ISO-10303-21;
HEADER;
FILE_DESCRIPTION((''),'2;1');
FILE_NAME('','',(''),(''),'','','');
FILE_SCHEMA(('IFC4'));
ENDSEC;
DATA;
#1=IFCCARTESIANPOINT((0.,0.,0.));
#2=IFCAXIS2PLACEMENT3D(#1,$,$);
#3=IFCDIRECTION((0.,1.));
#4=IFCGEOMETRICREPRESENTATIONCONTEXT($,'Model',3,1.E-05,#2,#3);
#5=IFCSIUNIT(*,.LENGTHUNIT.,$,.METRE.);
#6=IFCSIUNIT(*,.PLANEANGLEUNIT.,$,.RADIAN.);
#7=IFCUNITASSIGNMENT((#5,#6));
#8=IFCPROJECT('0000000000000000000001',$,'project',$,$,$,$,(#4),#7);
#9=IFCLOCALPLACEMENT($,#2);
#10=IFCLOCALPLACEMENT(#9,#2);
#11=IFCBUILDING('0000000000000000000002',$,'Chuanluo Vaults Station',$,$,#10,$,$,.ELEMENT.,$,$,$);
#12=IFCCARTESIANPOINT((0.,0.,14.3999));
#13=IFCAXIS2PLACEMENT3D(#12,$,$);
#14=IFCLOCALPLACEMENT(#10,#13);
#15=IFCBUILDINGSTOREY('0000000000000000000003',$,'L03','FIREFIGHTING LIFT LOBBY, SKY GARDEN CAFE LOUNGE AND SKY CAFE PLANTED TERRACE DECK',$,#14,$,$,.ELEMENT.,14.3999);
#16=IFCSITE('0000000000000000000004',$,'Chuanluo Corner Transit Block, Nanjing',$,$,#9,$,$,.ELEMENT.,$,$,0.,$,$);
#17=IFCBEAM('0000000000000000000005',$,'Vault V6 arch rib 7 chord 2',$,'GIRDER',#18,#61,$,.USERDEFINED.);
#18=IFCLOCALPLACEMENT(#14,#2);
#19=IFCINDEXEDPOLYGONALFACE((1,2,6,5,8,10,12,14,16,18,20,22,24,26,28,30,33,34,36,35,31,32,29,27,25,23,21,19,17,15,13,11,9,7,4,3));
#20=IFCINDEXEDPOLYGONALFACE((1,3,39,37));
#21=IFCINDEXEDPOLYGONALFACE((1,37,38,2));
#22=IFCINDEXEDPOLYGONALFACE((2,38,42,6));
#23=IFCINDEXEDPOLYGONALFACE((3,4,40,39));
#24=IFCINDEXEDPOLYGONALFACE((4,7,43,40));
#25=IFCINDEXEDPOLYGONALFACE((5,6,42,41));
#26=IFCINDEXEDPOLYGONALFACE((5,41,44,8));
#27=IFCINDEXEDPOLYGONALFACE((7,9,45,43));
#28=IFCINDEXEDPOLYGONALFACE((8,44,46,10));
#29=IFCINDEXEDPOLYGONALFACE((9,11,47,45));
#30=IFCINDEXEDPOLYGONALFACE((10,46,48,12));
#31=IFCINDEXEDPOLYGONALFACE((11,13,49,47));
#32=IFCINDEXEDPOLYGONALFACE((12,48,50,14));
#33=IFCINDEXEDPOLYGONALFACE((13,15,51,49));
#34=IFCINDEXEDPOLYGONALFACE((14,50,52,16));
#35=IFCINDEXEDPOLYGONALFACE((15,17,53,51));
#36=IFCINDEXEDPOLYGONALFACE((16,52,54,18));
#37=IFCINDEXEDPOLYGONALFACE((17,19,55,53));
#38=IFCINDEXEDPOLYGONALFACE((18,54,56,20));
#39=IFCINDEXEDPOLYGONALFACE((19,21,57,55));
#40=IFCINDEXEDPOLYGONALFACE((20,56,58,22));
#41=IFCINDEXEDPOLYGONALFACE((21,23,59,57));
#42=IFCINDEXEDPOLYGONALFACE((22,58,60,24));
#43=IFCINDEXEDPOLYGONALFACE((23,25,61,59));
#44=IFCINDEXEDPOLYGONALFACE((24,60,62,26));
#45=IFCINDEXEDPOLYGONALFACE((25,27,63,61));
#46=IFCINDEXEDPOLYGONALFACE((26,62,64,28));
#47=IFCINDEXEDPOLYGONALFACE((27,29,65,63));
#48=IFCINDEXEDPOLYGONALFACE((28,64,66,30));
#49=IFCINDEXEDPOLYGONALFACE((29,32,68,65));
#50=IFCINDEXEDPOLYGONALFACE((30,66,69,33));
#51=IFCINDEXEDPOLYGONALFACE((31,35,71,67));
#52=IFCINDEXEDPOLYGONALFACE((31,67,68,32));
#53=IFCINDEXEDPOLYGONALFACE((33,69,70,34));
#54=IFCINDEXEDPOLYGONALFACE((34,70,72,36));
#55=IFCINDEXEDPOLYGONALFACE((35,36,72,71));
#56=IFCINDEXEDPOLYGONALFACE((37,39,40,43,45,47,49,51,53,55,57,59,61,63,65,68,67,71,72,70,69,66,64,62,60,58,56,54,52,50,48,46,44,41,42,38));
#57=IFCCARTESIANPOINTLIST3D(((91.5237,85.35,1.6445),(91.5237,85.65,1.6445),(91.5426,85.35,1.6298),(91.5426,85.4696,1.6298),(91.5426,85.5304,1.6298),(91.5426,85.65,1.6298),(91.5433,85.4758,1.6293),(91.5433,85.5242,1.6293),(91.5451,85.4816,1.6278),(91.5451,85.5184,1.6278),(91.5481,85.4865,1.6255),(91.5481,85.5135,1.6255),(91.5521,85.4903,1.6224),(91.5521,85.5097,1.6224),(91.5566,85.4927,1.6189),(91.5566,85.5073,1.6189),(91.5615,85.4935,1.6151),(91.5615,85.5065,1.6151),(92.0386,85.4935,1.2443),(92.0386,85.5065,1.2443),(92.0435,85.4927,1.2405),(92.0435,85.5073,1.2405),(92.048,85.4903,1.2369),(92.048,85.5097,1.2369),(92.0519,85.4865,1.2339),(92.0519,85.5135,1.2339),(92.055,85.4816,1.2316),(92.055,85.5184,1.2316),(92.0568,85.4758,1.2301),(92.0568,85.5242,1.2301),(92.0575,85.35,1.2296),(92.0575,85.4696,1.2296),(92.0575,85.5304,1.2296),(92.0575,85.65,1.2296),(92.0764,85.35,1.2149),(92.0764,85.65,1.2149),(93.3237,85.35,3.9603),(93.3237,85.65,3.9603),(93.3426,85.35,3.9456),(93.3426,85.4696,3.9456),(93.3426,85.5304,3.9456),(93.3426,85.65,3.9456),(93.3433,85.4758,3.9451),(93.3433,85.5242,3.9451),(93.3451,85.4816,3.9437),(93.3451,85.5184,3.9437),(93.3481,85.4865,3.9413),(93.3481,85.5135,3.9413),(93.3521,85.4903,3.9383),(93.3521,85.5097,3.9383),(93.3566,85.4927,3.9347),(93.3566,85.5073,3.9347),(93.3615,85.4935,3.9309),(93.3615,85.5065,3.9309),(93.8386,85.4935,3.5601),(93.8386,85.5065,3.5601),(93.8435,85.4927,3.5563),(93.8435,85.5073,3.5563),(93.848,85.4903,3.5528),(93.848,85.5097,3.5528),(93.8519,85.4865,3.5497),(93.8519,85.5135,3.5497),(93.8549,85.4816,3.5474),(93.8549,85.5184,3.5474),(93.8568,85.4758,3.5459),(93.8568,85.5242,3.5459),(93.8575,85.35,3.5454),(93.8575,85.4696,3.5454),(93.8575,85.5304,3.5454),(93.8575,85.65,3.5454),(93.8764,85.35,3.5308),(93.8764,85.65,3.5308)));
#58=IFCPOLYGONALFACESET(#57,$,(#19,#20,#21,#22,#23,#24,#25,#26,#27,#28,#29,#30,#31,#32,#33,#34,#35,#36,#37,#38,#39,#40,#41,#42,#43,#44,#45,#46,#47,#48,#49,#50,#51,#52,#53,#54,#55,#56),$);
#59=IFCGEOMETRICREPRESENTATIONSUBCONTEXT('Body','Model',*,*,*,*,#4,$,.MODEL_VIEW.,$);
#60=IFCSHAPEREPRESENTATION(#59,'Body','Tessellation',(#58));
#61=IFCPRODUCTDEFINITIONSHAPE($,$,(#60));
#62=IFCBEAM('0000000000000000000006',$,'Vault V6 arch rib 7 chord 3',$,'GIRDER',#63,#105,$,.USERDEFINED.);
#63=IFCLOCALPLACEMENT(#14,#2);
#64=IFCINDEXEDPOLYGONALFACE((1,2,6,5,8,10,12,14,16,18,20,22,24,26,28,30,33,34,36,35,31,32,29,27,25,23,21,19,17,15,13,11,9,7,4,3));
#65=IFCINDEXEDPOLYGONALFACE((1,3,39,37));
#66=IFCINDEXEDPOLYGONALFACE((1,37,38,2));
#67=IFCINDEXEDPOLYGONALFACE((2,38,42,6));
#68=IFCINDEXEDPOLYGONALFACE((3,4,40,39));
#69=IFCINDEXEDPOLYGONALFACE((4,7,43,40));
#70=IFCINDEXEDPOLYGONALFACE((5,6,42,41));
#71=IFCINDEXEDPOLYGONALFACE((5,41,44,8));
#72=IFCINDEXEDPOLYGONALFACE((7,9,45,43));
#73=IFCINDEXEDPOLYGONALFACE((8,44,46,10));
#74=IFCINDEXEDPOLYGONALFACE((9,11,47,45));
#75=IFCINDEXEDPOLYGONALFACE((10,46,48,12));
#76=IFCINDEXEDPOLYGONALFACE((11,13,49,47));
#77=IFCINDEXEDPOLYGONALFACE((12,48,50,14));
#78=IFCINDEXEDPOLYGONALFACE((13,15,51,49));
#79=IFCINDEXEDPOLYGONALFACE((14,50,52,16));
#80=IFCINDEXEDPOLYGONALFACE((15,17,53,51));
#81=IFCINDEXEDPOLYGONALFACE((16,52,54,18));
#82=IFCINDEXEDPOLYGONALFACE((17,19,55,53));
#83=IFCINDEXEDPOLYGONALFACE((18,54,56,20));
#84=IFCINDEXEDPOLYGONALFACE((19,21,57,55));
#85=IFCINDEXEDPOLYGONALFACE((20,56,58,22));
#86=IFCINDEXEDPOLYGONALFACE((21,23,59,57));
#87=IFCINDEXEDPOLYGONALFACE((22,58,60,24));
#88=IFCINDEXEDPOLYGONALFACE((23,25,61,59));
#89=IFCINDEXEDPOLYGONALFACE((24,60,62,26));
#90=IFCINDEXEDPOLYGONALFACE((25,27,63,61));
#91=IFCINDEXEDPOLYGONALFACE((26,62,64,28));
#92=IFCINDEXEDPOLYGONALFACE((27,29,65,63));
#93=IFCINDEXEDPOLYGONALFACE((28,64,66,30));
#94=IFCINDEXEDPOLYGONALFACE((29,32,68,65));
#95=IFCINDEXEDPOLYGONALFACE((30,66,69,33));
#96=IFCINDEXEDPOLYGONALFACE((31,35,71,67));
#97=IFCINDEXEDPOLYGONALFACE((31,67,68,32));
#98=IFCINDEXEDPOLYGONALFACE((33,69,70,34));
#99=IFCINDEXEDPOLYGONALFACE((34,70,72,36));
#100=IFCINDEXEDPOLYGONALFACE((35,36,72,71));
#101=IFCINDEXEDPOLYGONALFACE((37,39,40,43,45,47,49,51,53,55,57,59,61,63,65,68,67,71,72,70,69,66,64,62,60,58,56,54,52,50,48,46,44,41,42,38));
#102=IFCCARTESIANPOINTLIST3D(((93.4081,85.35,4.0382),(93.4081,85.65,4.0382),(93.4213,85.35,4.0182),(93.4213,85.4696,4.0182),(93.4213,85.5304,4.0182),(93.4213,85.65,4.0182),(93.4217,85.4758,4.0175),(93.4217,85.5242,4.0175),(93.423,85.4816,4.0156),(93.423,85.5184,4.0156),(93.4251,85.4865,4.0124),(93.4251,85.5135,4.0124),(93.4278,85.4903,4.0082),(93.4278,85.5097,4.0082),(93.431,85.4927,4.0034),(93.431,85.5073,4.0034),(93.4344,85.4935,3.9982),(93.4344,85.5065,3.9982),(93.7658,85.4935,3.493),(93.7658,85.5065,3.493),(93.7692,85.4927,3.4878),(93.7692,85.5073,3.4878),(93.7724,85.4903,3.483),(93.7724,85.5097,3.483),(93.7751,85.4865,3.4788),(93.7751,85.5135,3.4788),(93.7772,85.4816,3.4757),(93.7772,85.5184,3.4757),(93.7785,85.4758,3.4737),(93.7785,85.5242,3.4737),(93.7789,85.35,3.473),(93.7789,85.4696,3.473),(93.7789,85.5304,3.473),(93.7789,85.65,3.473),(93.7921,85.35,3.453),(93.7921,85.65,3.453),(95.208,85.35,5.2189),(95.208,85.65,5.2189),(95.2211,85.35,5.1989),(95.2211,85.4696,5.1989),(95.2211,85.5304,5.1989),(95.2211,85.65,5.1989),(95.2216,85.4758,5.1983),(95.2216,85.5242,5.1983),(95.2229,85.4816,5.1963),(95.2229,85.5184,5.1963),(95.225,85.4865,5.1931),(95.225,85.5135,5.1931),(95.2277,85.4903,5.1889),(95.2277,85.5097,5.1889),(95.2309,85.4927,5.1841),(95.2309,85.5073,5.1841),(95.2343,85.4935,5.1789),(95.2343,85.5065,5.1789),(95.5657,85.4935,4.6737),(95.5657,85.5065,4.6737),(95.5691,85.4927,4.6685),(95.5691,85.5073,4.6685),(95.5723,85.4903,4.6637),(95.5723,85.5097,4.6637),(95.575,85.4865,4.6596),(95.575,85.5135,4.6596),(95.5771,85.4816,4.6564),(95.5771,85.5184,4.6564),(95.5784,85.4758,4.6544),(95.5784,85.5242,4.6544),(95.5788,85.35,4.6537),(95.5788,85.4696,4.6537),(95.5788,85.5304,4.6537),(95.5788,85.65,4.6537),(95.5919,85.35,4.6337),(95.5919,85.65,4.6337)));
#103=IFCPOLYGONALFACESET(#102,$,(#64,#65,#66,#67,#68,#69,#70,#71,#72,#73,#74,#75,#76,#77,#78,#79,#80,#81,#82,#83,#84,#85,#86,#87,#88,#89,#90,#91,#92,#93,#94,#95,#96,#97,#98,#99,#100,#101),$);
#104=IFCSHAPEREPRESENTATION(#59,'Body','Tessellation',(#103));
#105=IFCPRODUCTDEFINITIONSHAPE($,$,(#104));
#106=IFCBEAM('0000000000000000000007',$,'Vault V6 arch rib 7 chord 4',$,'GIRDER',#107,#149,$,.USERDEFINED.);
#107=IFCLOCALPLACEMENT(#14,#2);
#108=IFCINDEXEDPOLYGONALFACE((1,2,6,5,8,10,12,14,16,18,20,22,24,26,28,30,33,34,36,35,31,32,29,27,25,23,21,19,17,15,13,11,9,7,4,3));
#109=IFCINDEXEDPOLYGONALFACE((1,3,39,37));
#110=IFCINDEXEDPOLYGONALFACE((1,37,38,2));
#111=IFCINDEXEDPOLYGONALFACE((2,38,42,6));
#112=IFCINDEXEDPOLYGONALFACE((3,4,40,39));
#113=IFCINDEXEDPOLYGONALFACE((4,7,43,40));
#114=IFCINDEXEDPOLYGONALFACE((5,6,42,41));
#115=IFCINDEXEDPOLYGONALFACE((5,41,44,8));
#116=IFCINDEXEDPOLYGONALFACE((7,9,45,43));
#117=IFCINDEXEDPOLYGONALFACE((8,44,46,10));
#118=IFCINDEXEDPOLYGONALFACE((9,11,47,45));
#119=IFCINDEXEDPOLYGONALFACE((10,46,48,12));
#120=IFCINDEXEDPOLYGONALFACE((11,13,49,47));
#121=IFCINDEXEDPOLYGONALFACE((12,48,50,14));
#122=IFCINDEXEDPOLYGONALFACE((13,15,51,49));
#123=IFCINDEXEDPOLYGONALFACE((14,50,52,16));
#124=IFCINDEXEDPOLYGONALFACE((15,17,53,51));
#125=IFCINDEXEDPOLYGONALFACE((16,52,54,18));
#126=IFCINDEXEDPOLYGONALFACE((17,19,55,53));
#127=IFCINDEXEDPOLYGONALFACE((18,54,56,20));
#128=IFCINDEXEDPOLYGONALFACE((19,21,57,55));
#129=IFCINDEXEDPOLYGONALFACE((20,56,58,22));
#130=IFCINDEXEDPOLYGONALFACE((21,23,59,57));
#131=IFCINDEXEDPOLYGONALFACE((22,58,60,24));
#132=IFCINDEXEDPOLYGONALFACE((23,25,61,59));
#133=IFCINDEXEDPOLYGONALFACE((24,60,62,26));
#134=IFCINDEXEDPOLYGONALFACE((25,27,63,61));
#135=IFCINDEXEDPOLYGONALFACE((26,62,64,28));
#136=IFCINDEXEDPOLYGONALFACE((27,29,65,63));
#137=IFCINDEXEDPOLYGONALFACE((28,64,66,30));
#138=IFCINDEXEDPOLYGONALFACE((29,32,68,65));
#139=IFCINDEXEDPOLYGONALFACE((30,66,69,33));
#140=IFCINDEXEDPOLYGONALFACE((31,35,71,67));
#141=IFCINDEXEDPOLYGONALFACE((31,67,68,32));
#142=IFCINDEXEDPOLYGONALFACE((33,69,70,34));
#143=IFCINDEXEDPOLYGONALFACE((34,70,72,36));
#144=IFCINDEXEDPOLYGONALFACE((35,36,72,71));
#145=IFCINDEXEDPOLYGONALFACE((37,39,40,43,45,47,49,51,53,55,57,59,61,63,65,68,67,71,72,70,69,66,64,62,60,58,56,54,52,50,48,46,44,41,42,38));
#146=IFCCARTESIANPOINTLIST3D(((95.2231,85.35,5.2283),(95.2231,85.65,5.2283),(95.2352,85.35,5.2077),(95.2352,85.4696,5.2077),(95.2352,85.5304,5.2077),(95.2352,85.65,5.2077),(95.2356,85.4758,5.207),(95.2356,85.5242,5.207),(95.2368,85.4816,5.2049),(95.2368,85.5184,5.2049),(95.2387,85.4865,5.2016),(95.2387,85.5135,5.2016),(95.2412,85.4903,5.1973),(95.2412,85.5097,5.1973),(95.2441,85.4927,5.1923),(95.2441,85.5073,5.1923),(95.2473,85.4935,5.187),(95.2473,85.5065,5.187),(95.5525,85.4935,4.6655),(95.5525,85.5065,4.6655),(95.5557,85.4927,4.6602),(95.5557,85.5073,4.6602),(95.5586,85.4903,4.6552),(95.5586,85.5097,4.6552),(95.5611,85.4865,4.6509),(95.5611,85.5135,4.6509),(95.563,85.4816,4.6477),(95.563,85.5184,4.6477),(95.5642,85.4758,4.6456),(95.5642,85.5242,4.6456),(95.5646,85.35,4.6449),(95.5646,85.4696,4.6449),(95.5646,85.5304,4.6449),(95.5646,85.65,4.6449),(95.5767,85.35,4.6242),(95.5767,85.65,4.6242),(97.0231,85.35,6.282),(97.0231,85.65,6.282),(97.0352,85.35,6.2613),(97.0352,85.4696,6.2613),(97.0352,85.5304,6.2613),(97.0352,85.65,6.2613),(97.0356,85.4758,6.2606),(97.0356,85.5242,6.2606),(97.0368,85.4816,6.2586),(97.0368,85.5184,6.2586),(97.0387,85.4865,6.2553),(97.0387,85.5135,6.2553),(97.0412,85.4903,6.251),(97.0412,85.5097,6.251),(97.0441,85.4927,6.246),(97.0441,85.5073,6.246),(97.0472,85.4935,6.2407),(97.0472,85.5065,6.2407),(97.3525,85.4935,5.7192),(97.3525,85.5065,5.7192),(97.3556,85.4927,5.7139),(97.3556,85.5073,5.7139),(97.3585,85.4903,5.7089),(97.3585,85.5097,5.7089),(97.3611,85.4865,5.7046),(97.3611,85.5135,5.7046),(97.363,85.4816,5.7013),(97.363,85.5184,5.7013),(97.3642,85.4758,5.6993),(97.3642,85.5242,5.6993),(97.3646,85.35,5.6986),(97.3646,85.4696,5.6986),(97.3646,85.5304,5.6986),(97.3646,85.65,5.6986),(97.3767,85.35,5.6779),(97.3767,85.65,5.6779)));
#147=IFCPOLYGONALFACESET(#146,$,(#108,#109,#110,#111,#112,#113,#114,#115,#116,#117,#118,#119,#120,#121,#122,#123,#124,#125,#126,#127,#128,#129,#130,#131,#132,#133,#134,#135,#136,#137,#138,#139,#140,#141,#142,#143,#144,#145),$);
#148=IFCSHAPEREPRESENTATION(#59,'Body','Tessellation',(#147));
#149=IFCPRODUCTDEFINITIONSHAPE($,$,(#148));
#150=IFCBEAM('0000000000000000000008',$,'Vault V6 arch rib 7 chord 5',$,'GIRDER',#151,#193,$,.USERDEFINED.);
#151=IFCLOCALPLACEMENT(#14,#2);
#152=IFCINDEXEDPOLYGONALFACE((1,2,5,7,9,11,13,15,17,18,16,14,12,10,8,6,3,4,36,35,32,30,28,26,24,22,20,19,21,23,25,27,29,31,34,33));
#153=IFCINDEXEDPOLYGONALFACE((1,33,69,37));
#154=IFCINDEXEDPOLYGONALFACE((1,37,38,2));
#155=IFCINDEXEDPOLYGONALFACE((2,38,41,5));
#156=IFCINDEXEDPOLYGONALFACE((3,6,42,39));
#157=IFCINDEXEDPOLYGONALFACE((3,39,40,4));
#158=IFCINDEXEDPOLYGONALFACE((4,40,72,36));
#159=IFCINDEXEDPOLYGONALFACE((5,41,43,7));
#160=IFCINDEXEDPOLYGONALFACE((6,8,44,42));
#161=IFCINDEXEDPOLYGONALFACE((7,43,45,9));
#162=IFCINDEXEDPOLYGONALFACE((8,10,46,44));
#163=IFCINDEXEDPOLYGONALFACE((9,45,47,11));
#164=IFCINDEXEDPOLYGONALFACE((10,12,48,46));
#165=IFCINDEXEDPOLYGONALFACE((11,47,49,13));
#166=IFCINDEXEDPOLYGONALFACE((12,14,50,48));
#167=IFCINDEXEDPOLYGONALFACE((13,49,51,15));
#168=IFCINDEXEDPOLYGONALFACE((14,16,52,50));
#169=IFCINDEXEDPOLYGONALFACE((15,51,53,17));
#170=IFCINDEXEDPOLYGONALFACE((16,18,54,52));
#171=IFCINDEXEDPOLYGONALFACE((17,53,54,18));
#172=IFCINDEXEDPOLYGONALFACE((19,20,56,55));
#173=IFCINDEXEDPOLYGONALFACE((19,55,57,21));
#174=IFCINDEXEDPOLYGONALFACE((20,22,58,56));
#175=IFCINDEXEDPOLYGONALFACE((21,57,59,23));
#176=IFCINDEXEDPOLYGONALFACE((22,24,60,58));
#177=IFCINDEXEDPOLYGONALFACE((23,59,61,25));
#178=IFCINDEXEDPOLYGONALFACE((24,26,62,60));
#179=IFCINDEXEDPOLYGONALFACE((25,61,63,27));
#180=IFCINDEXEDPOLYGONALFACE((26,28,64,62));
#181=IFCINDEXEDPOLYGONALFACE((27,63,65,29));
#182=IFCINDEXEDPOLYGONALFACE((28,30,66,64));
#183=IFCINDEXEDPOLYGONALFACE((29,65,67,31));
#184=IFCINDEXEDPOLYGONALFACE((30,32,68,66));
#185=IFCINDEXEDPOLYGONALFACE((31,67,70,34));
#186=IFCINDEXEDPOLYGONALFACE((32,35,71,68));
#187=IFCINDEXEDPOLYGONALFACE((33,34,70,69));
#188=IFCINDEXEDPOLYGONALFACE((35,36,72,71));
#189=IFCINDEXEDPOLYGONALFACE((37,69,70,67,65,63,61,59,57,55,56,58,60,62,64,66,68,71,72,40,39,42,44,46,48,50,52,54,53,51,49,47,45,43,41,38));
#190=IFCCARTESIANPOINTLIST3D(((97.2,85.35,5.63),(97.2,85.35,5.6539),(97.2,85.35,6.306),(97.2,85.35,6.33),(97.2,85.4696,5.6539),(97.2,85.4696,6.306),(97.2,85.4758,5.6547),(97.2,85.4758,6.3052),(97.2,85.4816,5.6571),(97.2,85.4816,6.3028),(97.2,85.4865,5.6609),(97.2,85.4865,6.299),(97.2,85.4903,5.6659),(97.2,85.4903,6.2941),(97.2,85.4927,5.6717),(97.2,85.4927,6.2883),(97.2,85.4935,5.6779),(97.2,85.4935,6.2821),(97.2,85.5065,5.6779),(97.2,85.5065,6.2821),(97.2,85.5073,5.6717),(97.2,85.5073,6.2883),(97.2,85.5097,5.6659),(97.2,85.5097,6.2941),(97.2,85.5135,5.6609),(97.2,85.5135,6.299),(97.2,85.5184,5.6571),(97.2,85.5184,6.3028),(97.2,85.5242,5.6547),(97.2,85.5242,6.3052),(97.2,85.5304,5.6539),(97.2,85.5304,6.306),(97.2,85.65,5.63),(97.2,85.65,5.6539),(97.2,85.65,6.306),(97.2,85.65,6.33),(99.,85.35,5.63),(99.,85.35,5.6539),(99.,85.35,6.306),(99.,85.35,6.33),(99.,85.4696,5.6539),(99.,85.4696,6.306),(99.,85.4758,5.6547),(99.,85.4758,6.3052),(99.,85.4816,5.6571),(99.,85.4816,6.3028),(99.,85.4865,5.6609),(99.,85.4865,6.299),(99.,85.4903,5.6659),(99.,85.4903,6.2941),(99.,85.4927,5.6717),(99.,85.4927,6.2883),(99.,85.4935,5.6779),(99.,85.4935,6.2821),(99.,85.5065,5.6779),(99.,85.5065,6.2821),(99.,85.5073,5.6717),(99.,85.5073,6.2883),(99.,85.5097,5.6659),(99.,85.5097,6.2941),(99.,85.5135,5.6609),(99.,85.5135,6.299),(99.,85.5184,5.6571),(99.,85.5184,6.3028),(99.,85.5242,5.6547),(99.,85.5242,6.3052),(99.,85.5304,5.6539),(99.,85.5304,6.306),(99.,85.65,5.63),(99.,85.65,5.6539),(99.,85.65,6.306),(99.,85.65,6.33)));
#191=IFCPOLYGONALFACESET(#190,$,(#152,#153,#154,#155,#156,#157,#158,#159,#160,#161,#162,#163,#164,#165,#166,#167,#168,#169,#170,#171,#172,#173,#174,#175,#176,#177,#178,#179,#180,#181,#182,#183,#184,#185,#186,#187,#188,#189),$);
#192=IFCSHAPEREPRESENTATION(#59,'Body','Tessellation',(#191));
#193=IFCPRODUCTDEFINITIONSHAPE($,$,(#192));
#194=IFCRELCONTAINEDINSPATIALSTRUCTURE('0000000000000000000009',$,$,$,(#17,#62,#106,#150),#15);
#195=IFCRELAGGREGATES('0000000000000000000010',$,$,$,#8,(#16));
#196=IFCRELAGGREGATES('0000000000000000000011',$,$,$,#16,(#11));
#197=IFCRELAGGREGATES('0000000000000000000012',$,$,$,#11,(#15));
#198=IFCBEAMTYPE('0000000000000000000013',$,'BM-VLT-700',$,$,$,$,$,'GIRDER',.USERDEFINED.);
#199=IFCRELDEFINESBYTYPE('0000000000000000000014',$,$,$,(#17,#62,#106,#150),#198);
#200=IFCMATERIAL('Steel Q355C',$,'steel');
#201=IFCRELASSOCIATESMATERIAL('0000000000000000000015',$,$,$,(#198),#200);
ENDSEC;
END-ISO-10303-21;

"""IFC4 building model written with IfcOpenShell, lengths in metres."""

from ifc_helpers import new_model, si_unit, direction, frame, origin, origin_2d, place, context, subcontext, project, spatial, i_section, extrude, material, material_profile, profile_set, type_object, element, save


model = new_model("IFC4")

# Units and contexts
model_context = context("Model", 3, precision=1e-05, world=origin(), true_north=direction((0.0, 1.0)))
body_context = subcontext(model_context, "Body", "Model", "MODEL_VIEW")
ifc_project = project(units=[si_unit("LENGTHUNIT", "METRE"), si_unit("PLANEANGLEUNIT", "RADIAN")], contexts=[model_context])

# Site, building, storey
site_placement = place(None, origin())
site = spatial("IfcSite", under=ifc_project, at=site_placement, Name="Chuanluo Corner Transit Block, Nanjing", CompositionType="ELEMENT", RefElevation=0.0)
building_placement = place(site_placement, origin())
building = spatial("IfcBuilding", under=site, at=building_placement, Name="Chuanluo Vaults Station", CompositionType="ELEMENT")
storey_placement = place(building_placement, frame((0.0, 0.0, 14.3999)))
storey = spatial("IfcBuildingStorey", under=building, at=storey_placement, Name="L03", Description="FIREFIGHTING LIFT LOBBY, SKY GARDEN CAFE LOUNGE AND SKY CAFE PLANTED TERRACE DECK", CompositionType="ELEMENT", Elevation=14.3999)

# Beams
ifc_material_1 = material(Name="Steel Q355C", Category="steel")
ifc_material_profile_1 = material_profile(ifc_material_1, i_section(OverallWidth=0.3, OverallDepth=0.7, WebThickness=0.0129, FlangeThickness=0.0239, FilletRadius=0.0239, at=origin_2d()))
ifc_profile_set_1 = profile_set([ifc_material_profile_1], Name="Steel Q355C")
beam_type = type_object("IfcBeamType", Name="BM-VLT-700", ElementType="GIRDER", PredefinedType="USERDEFINED", material=ifc_profile_set_1)
beam_1_placement = place(storey_placement, frame((91.8, 85.5, 1.4297), z_axis=(0.613681, 0.0, 0.789554), x_axis=(0.0, 1.0, 0.0)))
element("IfcBeam", 1, at=beam_1_placement, inside=storey, type_object=beam_type, Name="Vault V6 arch rib 7 chord 2", ObjectType="GIRDER", PredefinedType="USERDEFINED", context=body_context, shape_type="SweptSolid", body=[
    extrude(i_section(OverallWidth=0.3, OverallDepth=0.7, WebThickness=0.0129, FlangeThickness=0.0239, FilletRadius=0.0239, at=origin_2d()), origin(), (0.0, 0.0, 1.0), 2.9331),
])
beam_2_placement = place(storey_placement, frame((93.6001, 85.5, 3.7456), z_axis=(0.836145, 0.0, 0.548508), x_axis=(0.0, 1.0, 0.0)))
element("IfcBeam", 2, at=beam_2_placement, inside=storey, type_object=beam_type, Name="Vault V6 arch rib 7 chord 3", ObjectType="GIRDER", PredefinedType="USERDEFINED", context=body_context, shape_type="SweptSolid", body=[
    extrude(i_section(OverallWidth=0.3, OverallDepth=0.7, WebThickness=0.0129, FlangeThickness=0.0239, FilletRadius=0.0239, at=origin_2d()), origin(), (0.0, 0.0, 1.0), 2.1526),
])
beam_3_placement = place(storey_placement, frame((95.3999, 85.5, 4.9263), z_axis=(0.863009, 0.0, 0.505188), x_axis=(0.0, 1.0, 0.0)))
element("IfcBeam", 3, at=beam_3_placement, inside=storey, type_object=beam_type, Name="Vault V6 arch rib 7 chord 4", ObjectType="GIRDER", PredefinedType="USERDEFINED", context=body_context, shape_type="SweptSolid", body=[
    extrude(i_section(OverallWidth=0.3, OverallDepth=0.7, WebThickness=0.0129, FlangeThickness=0.0239, FilletRadius=0.0239, at=origin_2d()), origin(), (0.0, 0.0, 1.0), 2.0857),
])
for number, where, z_axis, x_axis, name in (
    (4, (97.2, 85.5, 5.98), (1.0, 0.0, 0.0), (0.0, 1.0, 0.0), "Vault V6 arch rib 7 chord 5"),
):
    element("IfcBeam", number, at=place(storey_placement, frame(where, z_axis=z_axis, x_axis=x_axis)), inside=storey, type_object=beam_type, Name=name, ObjectType="GIRDER", PredefinedType="USERDEFINED", context=body_context, shape_type="SweptSolid", body=[
        extrude(i_section(OverallWidth=0.3, OverallDepth=0.7, WebThickness=0.0129, FlangeThickness=0.0239, FilletRadius=0.0239, at=origin_2d()), origin(), (0.0, 0.0, 1.0), 1.8),
    ])

save(model, "model.ifc")
